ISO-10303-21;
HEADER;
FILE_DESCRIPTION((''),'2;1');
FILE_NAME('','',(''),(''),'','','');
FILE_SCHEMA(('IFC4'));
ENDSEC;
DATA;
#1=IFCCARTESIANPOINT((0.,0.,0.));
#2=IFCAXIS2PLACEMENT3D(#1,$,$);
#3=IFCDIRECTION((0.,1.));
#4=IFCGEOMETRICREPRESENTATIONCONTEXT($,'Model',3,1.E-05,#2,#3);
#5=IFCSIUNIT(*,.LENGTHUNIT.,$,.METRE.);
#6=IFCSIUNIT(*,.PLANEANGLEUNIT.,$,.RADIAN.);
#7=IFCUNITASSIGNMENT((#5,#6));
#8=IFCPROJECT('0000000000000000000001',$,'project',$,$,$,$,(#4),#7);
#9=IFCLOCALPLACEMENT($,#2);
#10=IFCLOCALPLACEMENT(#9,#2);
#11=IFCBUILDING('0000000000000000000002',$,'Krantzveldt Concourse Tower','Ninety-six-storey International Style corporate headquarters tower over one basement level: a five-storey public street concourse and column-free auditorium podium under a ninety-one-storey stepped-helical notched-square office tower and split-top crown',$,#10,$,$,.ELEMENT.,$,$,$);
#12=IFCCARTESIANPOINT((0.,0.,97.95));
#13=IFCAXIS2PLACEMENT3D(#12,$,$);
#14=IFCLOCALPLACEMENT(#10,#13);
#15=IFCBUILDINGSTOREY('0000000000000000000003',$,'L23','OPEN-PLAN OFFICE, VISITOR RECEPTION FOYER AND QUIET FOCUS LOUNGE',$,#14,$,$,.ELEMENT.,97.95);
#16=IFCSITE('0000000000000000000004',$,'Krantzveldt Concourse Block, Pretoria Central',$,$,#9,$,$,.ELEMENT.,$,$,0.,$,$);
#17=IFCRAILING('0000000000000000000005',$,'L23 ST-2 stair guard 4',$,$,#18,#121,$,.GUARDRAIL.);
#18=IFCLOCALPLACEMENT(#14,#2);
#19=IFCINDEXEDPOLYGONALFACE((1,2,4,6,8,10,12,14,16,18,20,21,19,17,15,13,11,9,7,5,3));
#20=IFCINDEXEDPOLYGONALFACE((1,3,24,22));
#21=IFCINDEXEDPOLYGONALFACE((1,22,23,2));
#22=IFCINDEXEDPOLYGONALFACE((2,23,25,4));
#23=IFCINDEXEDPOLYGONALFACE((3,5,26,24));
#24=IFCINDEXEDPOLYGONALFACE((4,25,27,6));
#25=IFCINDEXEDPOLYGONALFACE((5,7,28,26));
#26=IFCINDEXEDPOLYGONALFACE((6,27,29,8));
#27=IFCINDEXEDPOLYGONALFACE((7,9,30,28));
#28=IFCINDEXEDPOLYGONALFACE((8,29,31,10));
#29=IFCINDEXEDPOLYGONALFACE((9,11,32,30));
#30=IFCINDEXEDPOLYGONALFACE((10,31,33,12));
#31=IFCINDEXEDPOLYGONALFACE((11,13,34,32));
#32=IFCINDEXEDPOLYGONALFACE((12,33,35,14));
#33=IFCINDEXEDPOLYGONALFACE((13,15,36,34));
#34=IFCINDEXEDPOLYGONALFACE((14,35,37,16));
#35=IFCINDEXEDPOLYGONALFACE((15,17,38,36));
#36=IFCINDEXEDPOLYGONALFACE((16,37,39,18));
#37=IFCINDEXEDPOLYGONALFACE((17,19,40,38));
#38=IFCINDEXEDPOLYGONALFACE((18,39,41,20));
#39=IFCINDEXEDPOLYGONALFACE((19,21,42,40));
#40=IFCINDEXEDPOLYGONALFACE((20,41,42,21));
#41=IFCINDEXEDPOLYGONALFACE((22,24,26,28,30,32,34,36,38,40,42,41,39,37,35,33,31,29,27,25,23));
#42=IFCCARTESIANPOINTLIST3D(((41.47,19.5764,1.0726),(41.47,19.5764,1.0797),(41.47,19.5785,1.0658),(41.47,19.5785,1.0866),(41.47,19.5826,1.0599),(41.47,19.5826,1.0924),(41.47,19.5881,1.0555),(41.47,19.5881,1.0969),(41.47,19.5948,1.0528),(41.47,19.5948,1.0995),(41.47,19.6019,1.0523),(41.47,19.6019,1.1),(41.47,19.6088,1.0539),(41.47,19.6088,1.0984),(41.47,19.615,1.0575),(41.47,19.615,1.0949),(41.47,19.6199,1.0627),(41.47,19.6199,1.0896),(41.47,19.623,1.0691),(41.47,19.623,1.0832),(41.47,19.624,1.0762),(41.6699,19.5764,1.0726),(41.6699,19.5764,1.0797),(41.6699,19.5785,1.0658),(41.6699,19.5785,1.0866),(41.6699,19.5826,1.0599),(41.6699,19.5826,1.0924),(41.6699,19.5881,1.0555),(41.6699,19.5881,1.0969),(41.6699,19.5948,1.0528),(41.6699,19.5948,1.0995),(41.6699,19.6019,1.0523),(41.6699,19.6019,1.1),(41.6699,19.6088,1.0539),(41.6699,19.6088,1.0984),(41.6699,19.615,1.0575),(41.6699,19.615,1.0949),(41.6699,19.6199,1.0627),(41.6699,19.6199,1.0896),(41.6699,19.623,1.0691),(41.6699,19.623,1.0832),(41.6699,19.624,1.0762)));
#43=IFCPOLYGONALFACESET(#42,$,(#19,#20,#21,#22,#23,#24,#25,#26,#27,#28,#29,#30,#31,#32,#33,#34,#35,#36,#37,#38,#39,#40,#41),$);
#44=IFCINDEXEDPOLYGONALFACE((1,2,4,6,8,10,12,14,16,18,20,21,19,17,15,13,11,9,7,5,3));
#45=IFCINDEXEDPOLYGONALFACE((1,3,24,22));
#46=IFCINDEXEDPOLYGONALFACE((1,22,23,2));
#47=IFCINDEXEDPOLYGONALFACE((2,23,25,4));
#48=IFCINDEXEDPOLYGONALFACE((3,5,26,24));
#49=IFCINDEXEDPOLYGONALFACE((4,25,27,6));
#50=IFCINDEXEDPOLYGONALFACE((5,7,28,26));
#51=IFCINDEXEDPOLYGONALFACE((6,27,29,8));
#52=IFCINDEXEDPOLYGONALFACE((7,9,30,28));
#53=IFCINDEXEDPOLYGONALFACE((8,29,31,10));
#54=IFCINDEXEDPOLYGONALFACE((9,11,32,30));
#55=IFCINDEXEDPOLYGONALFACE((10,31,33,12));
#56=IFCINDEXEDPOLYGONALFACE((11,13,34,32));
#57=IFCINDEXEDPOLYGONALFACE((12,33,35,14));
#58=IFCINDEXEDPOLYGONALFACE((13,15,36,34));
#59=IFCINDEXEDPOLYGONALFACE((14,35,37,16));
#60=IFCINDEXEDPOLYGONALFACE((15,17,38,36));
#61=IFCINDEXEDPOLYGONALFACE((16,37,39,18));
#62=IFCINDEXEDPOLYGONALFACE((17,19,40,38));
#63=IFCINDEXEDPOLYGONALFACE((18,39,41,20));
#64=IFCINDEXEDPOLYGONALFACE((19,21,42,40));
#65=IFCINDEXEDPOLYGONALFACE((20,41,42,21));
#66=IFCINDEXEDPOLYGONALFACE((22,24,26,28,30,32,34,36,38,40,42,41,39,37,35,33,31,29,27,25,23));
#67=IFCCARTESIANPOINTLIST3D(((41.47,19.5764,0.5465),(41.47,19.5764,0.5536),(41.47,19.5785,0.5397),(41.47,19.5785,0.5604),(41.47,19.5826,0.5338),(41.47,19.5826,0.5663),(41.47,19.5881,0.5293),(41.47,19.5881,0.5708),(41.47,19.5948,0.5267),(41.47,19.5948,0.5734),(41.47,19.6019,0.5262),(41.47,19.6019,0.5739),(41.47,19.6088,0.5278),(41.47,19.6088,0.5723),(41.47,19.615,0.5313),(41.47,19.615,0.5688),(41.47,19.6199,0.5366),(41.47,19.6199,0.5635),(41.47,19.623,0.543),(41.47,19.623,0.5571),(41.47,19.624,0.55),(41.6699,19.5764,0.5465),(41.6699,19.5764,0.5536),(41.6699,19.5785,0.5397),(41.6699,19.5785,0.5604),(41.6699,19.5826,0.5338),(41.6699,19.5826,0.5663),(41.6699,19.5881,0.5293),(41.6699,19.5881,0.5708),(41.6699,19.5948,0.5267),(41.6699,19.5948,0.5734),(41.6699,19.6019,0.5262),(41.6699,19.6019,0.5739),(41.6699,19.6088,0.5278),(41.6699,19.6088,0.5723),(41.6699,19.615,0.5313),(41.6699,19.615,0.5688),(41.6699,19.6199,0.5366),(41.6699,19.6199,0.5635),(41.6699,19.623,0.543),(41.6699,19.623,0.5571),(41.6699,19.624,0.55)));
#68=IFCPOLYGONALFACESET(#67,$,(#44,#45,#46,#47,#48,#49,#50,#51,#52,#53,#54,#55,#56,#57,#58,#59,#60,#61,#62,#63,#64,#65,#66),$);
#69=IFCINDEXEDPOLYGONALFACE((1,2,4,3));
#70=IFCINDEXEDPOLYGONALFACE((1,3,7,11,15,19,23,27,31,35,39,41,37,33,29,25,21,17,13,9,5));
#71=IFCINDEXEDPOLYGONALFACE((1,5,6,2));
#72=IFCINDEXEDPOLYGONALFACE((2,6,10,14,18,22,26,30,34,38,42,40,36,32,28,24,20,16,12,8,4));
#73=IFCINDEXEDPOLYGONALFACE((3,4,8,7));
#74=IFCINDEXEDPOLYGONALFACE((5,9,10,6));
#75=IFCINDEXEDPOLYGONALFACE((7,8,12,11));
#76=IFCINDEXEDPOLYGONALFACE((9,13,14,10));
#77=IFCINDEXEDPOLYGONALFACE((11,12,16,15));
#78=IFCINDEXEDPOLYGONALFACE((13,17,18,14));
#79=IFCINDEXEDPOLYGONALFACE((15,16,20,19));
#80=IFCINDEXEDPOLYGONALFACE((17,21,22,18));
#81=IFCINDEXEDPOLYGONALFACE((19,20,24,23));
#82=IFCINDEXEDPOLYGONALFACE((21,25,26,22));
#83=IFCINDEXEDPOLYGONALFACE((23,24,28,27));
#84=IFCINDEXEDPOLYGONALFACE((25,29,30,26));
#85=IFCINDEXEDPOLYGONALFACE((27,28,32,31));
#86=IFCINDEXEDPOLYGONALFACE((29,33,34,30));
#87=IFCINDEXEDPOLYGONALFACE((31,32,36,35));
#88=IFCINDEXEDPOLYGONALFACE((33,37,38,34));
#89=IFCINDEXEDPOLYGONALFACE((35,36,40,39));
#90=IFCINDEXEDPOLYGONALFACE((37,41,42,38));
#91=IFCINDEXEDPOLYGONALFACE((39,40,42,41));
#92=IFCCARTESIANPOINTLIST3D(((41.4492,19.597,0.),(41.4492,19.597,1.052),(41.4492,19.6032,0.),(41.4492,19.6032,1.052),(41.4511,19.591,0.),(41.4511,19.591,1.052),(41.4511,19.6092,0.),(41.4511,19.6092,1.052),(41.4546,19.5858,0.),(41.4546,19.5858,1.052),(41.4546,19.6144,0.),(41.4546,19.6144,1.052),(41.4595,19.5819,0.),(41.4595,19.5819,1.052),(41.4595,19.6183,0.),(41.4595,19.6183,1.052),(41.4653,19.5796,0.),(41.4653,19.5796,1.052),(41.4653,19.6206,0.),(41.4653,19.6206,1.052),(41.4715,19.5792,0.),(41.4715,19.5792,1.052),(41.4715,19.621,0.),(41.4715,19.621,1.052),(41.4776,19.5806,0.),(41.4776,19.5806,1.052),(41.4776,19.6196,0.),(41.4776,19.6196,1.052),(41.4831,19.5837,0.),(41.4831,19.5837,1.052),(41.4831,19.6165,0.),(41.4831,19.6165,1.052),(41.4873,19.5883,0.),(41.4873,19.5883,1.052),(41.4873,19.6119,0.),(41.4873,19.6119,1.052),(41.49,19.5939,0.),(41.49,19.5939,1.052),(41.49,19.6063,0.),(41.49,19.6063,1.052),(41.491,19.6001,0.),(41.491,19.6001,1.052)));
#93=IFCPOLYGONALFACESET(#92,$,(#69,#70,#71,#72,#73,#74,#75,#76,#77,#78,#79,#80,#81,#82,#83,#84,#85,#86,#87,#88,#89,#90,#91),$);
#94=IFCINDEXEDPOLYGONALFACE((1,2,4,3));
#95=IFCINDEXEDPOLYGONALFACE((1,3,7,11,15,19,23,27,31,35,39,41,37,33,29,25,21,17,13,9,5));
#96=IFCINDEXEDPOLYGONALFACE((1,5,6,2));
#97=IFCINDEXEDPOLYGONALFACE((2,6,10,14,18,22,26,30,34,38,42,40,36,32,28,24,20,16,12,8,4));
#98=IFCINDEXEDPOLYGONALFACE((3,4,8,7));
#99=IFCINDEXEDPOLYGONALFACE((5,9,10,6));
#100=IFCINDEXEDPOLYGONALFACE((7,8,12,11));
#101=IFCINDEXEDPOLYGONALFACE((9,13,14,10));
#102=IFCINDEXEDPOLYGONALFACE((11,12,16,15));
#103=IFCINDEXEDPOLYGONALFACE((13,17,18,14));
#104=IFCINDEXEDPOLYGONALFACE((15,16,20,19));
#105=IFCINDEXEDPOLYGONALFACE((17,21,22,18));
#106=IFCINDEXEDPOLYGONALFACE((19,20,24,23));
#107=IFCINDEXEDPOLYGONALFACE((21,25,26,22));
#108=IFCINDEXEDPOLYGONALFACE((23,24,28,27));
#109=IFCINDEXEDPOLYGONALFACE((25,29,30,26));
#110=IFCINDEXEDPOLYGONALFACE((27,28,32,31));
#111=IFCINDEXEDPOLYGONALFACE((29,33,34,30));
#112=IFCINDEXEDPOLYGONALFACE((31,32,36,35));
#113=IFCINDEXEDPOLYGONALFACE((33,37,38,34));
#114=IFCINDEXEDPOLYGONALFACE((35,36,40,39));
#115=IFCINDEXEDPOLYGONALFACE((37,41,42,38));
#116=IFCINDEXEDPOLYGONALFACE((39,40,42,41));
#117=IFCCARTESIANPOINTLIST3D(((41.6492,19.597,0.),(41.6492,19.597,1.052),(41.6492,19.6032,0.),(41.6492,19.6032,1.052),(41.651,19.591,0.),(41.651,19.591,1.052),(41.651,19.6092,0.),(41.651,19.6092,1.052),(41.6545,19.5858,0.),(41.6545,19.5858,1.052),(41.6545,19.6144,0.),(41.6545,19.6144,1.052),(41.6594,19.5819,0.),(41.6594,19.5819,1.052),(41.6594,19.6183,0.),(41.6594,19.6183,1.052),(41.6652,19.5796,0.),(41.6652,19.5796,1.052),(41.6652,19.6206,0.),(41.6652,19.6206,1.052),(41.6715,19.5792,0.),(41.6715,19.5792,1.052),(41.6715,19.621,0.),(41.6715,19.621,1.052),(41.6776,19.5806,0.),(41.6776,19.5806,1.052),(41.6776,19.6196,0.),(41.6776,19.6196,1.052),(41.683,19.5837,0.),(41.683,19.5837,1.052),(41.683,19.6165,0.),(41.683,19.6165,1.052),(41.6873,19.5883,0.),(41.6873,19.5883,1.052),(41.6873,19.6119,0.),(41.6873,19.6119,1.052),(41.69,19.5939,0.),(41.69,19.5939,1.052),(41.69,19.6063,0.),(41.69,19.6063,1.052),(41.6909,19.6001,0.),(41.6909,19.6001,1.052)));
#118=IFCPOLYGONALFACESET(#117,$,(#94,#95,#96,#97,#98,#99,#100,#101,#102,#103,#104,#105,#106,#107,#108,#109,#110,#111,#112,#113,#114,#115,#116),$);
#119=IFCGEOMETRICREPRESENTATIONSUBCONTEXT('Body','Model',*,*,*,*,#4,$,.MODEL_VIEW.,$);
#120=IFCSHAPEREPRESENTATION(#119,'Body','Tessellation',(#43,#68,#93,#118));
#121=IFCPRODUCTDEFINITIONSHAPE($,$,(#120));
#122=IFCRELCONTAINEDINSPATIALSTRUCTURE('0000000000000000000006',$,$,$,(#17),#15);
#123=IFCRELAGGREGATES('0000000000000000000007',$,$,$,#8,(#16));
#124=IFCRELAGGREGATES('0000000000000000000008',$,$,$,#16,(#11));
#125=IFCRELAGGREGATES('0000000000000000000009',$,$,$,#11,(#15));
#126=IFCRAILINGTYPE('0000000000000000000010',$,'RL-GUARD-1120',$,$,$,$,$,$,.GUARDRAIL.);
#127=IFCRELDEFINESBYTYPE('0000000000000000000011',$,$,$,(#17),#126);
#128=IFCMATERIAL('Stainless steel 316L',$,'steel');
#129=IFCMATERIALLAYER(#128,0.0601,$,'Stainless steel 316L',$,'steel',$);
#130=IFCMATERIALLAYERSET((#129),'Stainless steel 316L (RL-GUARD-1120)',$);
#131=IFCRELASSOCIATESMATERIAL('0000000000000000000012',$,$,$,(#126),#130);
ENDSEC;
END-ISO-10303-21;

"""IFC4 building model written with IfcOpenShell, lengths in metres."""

from ifc_helpers import new_model, si_unit, direction, frame, origin, origin_2d, place, context, subcontext, project, spatial, circle, extrude, material, layer, layer_set, type_object, element, save


model = new_model("IFC4")

# Units and contexts
model_context = context("Model", 3, precision=1e-05, world=origin(), true_north=direction((0.0, 1.0)))
body_context = subcontext(model_context, "Body", "Model", "MODEL_VIEW")
ifc_project = project(units=[si_unit("LENGTHUNIT", "METRE"), si_unit("PLANEANGLEUNIT", "RADIAN")], contexts=[model_context])

# Site, building, storey
site_placement = place(None, origin())
site = spatial("IfcSite", under=ifc_project, at=site_placement, Name="Krantzveldt Concourse Block, Pretoria Central", CompositionType="ELEMENT", RefElevation=0.0)
building_placement = place(site_placement, origin())
building = spatial("IfcBuilding", under=site, at=building_placement, Name="Krantzveldt Concourse Tower", Description="Ninety-six-storey International Style corporate headquarters tower over one basement level: a five-storey public street concourse and column-free auditorium podium under a ninety-one-storey stepped-helical notched-square office tower and split-top crown", CompositionType="ELEMENT")
storey_placement = place(building_placement, frame((0.0, 0.0, 97.95)))
storey = spatial("IfcBuildingStorey", under=building, at=storey_placement, Name="L23", Description="OPEN-PLAN OFFICE, VISITOR RECEPTION FOYER AND QUIET FOCUS LOUNGE", CompositionType="ELEMENT", Elevation=97.95)

# Shared definitions
ifc_material_1 = material(Name="Stainless steel 316L", Category="steel")

# Railing
ifc_layer_1 = layer(ifc_material_1, 0.0601, Name="Stainless steel 316L", Category="steel")
ifc_layer_set_1 = layer_set([ifc_layer_1], Name="Stainless steel 316L (RL-GUARD-1120)")
railing_type_1 = type_object("IfcRailingType", Name="RL-GUARD-1120", PredefinedType="GUARDRAIL", material=ifc_layer_set_1)
railing_1_placement = place(storey_placement, frame((41.47, 19.6001, 0.0)))
element("IfcRailing", 1, at=railing_1_placement, inside=storey, type_object=railing_type_1, Name="L23 ST-2 stair guard 4", PredefinedType="GUARDRAIL", context=body_context, shape_type="SweptSolid", body=[
    extrude(circle(Radius=0.0239, at=origin_2d()), frame((0.0, 0.0, 1.0762), z_axis=(1.0, 0.0, 0.0), x_axis=(0.0, 1.0, 0.0)), (0.0, 0.0, 1.0), 0.2),
    extrude(circle(Radius=0.0239, at=origin_2d()), frame((0.0, 0.0, 0.55), z_axis=(1.0, 0.0, 0.0), x_axis=(0.0, 1.0, 0.0)), (0.0, 0.0, 1.0), 0.2),
    extrude(circle(Radius=0.021, at=origin_2d()), origin(), (0.0, 0.0, 1.0), 1.052),
    extrude(circle(Radius=0.021, at=origin_2d()), frame((0.2, 0.0, 0.0)), (0.0, 0.0, 1.0), 1.052),
])

save(model, "model.ifc")
